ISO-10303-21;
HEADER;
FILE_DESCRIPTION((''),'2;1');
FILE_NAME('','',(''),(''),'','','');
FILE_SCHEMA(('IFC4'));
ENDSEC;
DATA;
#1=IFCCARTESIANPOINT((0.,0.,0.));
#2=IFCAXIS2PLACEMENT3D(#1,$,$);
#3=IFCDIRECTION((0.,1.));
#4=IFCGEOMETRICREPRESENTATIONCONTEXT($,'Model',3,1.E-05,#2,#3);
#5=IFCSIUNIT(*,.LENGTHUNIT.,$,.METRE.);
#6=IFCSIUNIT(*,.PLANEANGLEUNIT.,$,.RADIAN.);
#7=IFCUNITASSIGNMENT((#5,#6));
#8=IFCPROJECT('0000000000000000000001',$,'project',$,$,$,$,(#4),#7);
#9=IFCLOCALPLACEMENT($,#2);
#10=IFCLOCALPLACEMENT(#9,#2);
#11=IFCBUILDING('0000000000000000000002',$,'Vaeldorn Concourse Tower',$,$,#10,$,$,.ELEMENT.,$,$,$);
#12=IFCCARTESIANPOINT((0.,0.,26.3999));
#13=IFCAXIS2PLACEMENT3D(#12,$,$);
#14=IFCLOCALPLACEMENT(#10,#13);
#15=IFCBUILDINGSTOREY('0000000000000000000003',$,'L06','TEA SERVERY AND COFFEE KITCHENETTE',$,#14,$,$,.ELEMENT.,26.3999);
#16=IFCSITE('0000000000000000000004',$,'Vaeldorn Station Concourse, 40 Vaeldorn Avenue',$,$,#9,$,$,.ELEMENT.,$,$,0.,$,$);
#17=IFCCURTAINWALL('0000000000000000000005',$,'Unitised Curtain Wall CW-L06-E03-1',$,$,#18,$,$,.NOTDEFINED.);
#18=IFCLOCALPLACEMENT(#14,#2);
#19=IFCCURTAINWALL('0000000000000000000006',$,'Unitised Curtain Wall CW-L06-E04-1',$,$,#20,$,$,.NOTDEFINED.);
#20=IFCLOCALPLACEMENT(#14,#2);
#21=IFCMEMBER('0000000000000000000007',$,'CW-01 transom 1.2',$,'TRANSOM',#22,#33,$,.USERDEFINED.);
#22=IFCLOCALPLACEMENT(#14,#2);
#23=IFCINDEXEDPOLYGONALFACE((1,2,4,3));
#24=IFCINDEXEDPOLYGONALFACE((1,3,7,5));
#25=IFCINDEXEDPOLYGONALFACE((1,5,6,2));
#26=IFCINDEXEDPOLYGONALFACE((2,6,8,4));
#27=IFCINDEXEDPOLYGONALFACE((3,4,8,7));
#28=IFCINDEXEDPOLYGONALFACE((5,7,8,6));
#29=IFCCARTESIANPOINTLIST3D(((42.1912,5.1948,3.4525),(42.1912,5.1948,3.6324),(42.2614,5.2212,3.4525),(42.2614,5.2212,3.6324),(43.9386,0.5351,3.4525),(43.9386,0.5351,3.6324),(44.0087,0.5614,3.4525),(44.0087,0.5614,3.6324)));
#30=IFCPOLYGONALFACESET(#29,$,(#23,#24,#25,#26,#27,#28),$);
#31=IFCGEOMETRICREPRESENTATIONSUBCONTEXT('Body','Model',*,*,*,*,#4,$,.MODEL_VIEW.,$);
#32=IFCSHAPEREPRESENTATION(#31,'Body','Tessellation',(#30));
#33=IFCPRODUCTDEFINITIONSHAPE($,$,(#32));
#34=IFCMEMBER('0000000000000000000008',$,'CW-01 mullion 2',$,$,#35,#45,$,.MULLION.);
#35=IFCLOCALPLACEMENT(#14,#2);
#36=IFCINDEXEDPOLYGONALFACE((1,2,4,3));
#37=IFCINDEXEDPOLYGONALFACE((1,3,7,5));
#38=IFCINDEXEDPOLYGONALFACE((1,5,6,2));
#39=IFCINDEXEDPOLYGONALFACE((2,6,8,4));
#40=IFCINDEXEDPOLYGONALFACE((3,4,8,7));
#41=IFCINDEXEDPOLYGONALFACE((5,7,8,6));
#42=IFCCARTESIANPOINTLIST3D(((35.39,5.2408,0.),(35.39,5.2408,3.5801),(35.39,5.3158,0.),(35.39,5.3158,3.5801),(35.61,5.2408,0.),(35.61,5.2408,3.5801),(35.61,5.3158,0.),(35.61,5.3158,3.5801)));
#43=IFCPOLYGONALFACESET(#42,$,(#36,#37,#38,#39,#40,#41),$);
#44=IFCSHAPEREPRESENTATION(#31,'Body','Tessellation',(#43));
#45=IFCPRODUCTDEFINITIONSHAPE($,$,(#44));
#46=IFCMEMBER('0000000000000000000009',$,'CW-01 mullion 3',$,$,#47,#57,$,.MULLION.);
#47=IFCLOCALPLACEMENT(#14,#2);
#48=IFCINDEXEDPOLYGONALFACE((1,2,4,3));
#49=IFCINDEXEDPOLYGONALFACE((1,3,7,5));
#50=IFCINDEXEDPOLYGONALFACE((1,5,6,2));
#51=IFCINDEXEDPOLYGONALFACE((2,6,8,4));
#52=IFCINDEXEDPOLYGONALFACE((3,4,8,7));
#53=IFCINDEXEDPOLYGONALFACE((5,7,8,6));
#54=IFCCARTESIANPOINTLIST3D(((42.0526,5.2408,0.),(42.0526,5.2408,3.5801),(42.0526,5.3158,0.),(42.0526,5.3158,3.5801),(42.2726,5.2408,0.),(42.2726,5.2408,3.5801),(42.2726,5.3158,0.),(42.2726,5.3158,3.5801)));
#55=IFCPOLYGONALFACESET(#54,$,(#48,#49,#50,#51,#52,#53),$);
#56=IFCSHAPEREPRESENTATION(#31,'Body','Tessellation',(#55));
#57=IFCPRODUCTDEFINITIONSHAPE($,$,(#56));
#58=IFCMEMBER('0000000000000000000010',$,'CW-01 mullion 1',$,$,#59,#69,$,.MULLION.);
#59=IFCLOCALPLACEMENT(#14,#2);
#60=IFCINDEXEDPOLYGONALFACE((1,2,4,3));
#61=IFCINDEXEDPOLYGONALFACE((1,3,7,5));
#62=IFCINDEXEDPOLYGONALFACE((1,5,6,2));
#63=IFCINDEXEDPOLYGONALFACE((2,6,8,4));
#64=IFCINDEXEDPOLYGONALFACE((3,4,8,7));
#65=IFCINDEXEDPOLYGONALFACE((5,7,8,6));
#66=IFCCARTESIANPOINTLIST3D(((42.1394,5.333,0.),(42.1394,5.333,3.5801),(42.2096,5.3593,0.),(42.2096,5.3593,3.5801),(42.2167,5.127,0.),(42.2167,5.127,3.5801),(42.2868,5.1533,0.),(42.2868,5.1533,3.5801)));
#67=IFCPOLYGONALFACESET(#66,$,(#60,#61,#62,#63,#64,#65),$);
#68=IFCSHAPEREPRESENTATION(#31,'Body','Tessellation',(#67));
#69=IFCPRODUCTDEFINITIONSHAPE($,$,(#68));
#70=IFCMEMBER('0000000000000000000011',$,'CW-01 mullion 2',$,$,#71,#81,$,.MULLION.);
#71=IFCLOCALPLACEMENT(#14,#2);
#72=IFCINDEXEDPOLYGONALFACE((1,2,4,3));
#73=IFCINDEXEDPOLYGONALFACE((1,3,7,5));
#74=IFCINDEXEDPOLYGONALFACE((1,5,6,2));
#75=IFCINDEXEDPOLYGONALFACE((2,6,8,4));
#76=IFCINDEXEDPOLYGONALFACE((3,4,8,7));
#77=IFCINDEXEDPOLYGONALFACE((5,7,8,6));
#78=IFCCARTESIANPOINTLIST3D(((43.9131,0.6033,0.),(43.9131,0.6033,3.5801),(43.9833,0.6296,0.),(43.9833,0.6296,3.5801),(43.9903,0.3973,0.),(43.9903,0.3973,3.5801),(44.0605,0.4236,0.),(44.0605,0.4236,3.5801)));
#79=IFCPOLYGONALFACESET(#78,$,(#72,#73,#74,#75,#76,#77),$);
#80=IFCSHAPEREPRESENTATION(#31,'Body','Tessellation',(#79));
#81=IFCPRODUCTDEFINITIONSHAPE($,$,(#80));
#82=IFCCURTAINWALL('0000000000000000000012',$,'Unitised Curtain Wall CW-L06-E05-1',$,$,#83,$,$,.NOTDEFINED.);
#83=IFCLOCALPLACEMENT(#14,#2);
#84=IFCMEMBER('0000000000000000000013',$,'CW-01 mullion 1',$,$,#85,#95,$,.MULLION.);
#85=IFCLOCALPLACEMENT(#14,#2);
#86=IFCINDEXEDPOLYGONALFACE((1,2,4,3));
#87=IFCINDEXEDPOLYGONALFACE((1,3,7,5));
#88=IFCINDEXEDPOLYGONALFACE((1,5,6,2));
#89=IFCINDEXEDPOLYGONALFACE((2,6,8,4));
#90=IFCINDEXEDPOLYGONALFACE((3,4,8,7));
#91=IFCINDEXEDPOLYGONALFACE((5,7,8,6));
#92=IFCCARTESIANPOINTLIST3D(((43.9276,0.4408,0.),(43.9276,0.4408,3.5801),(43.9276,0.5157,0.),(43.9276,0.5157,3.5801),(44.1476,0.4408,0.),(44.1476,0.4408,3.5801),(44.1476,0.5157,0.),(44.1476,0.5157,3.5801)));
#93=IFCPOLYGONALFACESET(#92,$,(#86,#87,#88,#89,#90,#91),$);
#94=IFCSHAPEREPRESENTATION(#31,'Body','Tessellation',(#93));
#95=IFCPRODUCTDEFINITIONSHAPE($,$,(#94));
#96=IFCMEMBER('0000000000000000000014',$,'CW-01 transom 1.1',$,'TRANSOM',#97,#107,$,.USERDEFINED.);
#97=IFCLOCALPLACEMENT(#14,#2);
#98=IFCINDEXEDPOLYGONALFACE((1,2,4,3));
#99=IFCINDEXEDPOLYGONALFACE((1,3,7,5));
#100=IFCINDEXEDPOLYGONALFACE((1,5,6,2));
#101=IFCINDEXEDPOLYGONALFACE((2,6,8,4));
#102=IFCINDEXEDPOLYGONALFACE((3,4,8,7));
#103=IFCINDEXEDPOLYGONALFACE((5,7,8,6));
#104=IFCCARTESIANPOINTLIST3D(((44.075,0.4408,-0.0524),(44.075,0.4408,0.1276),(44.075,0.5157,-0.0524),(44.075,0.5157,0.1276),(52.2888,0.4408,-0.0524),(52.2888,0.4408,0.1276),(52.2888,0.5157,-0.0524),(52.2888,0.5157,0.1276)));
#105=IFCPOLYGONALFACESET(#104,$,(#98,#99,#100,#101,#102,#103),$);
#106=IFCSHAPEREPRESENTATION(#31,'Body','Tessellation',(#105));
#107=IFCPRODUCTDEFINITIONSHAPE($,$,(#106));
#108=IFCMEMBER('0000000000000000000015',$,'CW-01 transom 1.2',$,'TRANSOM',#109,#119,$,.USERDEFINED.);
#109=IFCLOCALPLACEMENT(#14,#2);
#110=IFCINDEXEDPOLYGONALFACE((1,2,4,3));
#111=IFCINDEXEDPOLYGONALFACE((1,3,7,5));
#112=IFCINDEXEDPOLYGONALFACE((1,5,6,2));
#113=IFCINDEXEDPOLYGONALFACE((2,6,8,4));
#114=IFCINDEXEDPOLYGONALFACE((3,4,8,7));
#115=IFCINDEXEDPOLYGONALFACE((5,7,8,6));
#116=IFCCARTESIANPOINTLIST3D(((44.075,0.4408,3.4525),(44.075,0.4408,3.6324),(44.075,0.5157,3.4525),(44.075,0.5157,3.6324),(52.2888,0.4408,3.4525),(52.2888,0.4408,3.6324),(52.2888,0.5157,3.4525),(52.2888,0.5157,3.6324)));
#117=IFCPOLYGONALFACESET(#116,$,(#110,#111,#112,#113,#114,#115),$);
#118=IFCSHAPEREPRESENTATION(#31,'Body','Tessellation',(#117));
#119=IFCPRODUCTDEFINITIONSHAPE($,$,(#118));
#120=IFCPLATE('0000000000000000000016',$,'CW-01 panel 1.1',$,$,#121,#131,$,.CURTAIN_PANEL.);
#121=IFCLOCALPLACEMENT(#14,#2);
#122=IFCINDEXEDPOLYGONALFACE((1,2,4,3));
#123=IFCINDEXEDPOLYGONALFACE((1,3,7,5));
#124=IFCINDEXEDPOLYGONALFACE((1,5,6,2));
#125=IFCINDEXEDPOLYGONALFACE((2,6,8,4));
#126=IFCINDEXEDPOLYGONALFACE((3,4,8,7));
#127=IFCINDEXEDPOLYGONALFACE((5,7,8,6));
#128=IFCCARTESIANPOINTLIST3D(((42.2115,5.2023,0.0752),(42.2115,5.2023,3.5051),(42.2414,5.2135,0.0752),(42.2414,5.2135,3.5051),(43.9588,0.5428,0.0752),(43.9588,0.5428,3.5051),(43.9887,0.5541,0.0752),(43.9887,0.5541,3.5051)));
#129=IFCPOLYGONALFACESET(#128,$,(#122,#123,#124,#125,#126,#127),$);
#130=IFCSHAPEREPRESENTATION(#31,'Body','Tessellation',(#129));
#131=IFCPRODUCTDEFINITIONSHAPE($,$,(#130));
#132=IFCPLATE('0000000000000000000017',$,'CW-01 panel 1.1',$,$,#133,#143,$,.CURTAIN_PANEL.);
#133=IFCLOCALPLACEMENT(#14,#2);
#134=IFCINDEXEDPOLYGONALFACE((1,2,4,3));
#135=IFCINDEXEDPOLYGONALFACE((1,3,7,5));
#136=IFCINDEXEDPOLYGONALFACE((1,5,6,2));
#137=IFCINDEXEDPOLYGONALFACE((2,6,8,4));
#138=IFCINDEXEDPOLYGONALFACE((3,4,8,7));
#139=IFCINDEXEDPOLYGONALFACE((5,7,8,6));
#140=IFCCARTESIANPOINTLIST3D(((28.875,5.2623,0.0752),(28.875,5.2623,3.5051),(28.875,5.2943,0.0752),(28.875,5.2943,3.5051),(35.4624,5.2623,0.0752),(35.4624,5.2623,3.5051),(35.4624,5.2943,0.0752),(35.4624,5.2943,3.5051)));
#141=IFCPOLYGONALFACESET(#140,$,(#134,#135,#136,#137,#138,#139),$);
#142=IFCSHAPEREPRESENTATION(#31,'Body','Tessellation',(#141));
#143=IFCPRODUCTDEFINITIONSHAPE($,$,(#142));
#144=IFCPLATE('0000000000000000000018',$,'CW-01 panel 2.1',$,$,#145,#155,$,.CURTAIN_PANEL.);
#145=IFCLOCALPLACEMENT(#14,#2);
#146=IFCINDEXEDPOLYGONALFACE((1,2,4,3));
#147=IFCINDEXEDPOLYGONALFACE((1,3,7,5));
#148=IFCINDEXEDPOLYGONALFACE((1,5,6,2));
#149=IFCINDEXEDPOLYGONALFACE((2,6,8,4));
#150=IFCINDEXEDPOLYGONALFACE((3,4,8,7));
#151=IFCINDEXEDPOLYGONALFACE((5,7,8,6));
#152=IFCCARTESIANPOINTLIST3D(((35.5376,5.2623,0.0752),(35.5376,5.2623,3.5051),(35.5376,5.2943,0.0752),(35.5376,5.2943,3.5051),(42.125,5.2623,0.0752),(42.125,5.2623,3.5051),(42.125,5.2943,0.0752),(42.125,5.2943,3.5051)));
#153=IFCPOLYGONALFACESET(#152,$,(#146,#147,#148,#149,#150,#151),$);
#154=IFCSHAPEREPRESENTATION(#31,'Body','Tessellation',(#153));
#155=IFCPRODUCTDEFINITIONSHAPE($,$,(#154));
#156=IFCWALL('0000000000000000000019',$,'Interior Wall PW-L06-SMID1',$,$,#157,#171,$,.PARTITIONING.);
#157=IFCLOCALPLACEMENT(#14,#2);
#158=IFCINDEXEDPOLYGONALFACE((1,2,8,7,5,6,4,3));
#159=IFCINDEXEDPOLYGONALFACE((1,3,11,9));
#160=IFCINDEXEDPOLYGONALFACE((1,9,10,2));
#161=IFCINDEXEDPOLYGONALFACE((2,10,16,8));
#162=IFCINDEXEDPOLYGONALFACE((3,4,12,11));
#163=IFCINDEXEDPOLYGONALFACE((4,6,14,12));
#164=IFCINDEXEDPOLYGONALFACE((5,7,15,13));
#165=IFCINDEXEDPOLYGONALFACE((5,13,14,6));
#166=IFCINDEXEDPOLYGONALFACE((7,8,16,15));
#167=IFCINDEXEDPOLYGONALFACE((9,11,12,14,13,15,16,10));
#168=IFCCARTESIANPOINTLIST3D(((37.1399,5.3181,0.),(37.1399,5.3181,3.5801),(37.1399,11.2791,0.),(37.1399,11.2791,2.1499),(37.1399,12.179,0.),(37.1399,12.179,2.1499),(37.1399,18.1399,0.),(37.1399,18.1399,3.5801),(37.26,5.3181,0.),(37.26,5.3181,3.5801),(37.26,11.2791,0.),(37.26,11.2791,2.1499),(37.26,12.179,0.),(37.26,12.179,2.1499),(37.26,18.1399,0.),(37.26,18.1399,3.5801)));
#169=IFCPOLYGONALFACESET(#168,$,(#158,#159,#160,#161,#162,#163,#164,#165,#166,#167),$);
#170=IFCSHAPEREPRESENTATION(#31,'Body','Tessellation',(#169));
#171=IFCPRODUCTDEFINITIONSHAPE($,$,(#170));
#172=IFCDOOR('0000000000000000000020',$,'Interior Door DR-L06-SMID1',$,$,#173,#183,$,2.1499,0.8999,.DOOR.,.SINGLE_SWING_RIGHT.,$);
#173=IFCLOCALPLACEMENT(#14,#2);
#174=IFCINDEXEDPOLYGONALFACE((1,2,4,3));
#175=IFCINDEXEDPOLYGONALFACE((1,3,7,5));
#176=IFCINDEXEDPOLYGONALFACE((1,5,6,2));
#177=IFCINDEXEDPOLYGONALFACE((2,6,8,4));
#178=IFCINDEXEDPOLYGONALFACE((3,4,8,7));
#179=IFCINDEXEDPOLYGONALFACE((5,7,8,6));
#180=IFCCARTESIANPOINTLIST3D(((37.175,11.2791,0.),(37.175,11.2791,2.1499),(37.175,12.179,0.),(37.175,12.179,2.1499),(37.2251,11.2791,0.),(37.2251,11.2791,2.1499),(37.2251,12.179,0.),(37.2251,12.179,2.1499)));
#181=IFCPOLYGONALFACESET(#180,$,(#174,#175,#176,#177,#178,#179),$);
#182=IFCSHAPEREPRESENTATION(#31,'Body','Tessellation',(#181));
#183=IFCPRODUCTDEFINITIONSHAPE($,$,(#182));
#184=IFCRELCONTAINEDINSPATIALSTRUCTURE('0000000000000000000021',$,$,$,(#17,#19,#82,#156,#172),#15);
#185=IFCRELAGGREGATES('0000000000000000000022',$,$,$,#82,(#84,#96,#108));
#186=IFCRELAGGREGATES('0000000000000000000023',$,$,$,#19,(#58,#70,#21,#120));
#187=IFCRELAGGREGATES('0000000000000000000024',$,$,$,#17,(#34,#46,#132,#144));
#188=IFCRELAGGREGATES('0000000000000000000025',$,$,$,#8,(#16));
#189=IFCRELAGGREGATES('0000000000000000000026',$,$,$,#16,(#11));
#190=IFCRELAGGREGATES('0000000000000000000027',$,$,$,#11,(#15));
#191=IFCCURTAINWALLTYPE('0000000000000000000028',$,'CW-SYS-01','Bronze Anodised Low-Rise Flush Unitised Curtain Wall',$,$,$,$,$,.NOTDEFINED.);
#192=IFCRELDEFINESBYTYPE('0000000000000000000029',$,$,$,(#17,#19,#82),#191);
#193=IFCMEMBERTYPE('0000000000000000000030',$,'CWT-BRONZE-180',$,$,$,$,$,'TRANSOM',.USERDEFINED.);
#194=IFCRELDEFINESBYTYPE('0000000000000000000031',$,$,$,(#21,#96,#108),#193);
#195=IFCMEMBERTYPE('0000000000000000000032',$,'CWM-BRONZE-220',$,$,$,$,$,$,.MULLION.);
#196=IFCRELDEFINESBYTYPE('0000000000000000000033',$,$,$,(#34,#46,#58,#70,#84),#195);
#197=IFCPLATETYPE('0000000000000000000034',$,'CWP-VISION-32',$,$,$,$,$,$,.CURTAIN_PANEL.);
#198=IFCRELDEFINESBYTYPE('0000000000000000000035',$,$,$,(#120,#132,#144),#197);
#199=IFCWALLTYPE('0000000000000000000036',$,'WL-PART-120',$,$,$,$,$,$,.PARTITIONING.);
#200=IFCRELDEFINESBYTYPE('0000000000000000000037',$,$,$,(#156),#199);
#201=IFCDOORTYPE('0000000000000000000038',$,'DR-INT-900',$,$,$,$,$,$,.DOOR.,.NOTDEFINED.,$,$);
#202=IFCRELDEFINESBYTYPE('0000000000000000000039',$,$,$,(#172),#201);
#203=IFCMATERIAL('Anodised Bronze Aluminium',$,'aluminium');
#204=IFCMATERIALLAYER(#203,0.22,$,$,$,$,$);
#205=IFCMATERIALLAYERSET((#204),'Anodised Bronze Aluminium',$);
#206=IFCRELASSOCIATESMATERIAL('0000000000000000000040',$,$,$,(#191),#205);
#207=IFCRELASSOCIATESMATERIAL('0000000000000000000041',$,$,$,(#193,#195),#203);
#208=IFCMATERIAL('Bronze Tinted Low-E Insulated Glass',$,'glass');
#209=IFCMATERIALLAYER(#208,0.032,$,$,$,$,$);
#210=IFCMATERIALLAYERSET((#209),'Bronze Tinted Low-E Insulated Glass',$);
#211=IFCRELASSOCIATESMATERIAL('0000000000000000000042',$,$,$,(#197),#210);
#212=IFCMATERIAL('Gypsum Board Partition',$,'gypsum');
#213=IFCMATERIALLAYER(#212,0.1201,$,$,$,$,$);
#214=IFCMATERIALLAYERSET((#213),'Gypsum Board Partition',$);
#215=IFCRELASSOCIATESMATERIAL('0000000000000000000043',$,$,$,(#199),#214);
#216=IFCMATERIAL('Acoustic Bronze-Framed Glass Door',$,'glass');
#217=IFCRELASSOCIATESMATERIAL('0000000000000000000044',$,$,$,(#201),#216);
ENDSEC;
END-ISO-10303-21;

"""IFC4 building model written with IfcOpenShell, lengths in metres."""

from ifc_helpers import new_model, si_unit, direction, frame, frame_2d, origin, origin_2d, place, context, subcontext, project, spatial, rectangle, extrude, source, transform, mapped, material, layer, layer_set, material_profile, profile_set, type_object, element, fill, aggregate, save


model = new_model("IFC4")

# Units and contexts
model_context = context("Model", 3, precision=1e-05, world=origin(), true_north=direction((0.0, 1.0)))
body_context = subcontext(model_context, "Body", "Model", "MODEL_VIEW")
ifc_project = project(units=[si_unit("LENGTHUNIT", "METRE"), si_unit("PLANEANGLEUNIT", "RADIAN")], contexts=[model_context])

# Site, building, storey
site_placement = place(None, origin())
site = spatial("IfcSite", under=ifc_project, at=site_placement, Name="Vaeldorn Station Concourse, 40 Vaeldorn Avenue", CompositionType="ELEMENT", RefElevation=0.0)
building_placement = place(site_placement, origin())
building = spatial("IfcBuilding", under=site, at=building_placement, Name="Vaeldorn Concourse Tower", CompositionType="ELEMENT")
storey_placement = place(building_placement, frame((0.0, 0.0, 26.3999)))
storey = spatial("IfcBuildingStorey", under=building, at=storey_placement, Name="L06", Description="TEA SERVERY AND COFFEE KITCHENETTE", CompositionType="ELEMENT", Elevation=26.3999)

# Curtain walls, member
ifc_material_1 = material(Name="Anodised Bronze Aluminium", Category="aluminium")
ifc_layer_1 = layer(ifc_material_1, 0.22)
ifc_layer_set_1 = layer_set([ifc_layer_1], Name="Anodised Bronze Aluminium")
curtain_wall_type = type_object("IfcCurtainWallType", Name="CW-SYS-01", Description="Bronze Anodised Low-Rise Flush Unitised Curtain Wall", PredefinedType="NOTDEFINED", material=ifc_layer_set_1)
curtain_wall_1_placement = place(storey_placement, origin())
curtain_wall_1 = element("IfcCurtainWall", 1, at=curtain_wall_1_placement, inside=storey, type_object=curtain_wall_type, Name="Unitised Curtain Wall CW-L06-E03-1", PredefinedType="NOTDEFINED")
ifc_material_profile_1 = material_profile(ifc_material_1, rectangle(XDim=0.075, YDim=0.1799, at=origin_2d()), Name="CWT 75x180")
ifc_profile_set_1 = profile_set([ifc_material_profile_1], Name="Anodised Bronze Aluminium")
member_type_1 = type_object("IfcMemberType", Name="CWT-BRONZE-180", ElementType="TRANSOM", PredefinedType="USERDEFINED", material=ifc_profile_set_1)
curtain_wall_2_placement = place(storey_placement, origin())
curtain_wall_2 = element("IfcCurtainWall", 2, at=curtain_wall_2_placement, inside=storey, type_object=curtain_wall_type, Name="Unitised Curtain Wall CW-L06-E04-1", PredefinedType="NOTDEFINED")
shared_shape_1 = source(origin(), body_context, "Body", "SweptSolid", [
    extrude(rectangle(XDim=0.075, YDim=0.1799, at=origin_2d()), origin(), (0.0, 0.0, 1.0), 4.9766),
])
member_1_placement = place(storey_placement, frame((42.2263, 5.208, 3.5425), z_axis=(0.351113, -0.936333, 0.0), x_axis=(0.936333, 0.351113, 0.0)))
member_1 = element("IfcMember", 3, at=member_1_placement, type_object=member_type_1, Name="CW-01 transom 1.2", ObjectType="TRANSOM", PredefinedType="USERDEFINED", context=body_context, shape_type="MappedRepresentation", body=[
    mapped(shared_shape_1, transform((0.0, 0.0, 0.0), scale=1.0)),
])

# Members
ifc_material_profile_2 = material_profile(ifc_material_1, rectangle(XDim=0.075, YDim=0.22, at=origin_2d()), Name="CWM 75x220")
ifc_profile_set_2 = profile_set([ifc_material_profile_2], Name="Anodised Bronze Aluminium")
member_type_2 = type_object("IfcMemberType", Name="CWM-BRONZE-220", PredefinedType="MULLION", material=ifc_profile_set_2)
shared_shape_2 = source(origin(), body_context, "Body", "SweptSolid", [
    extrude(rectangle(XDim=0.075, YDim=0.22, at=origin_2d()), origin(), (0.0, 0.0, 1.0), 3.5801),
])
member_2_placement = place(storey_placement, frame((35.5, 5.2783, 0.0), z_axis=(0.0, 0.0, 1.0), x_axis=(0.0, 1.0, 0.0)))
member_2 = element("IfcMember", 4, at=member_2_placement, type_object=member_type_2, Name="CW-01 mullion 2", PredefinedType="MULLION", context=body_context, shape_type="MappedRepresentation", body=[
    mapped(shared_shape_2, transform((0.0, 0.0, 0.0), scale=1.0)),
])
member_3_placement = place(storey_placement, frame((42.1626, 5.2783, 0.0), z_axis=(0.0, 0.0, 1.0), x_axis=(0.0, 1.0, 0.0)))
member_3 = element("IfcMember", 5, at=member_3_placement, type_object=member_type_2, Name="CW-01 mullion 3", PredefinedType="MULLION", context=body_context, shape_type="MappedRepresentation", body=[
    mapped(shared_shape_2, transform((0.0, 0.0, 0.0), scale=1.0)),
])
member_4_placement = place(storey_placement, frame((42.2131, 5.2432, 0.0), z_axis=(0.0, 0.0, 1.0), x_axis=(0.936329, 0.351123, 0.0)))
member_4 = element("IfcMember", 6, at=member_4_placement, type_object=member_type_2, Name="CW-01 mullion 1", PredefinedType="MULLION", context=body_context, shape_type="MappedRepresentation", body=[
    mapped(shared_shape_2, transform((0.0, 0.0, 0.0), scale=1.0)),
])
member_5_placement = place(storey_placement, frame((43.9868, 0.5134, 0.0), z_axis=(0.0, 0.0, 1.0), x_axis=(0.936329, 0.351123, 0.0)))
member_5 = element("IfcMember", 7, at=member_5_placement, type_object=member_type_2, Name="CW-01 mullion 2", PredefinedType="MULLION", context=body_context, shape_type="MappedRepresentation", body=[
    mapped(shared_shape_2, transform((0.0, 0.0, 0.0), scale=1.0)),
])

# Curtain wall, members
curtain_wall_3_placement = place(storey_placement, origin())
curtain_wall_3 = element("IfcCurtainWall", 8, at=curtain_wall_3_placement, inside=storey, type_object=curtain_wall_type, Name="Unitised Curtain Wall CW-L06-E05-1", PredefinedType="NOTDEFINED")
member_6_placement = place(storey_placement, frame((44.0376, 0.4783, 0.0), z_axis=(0.0, 0.0, 1.0), x_axis=(0.0, 1.0, 0.0)))
member_6 = element("IfcMember", 9, at=member_6_placement, type_object=member_type_2, Name="CW-01 mullion 1", PredefinedType="MULLION", context=body_context, shape_type="MappedRepresentation", body=[
    mapped(shared_shape_2, transform((0.0, 0.0, 0.0), scale=1.0)),
])
shared_shape_3 = source(origin(), body_context, "Body", "SweptSolid", [
    extrude(rectangle(XDim=0.075, YDim=0.1799, at=origin_2d()), origin(), (0.0, 0.0, 1.0), 8.2139),
])
member_7_placement = place(storey_placement, frame((44.075, 0.4783, 0.0376), z_axis=(1.0, 0.0, 0.0), x_axis=(0.0, 1.0, 0.0)))
member_7 = element("IfcMember", 10, at=member_7_placement, type_object=member_type_1, Name="CW-01 transom 1.1", ObjectType="TRANSOM", PredefinedType="USERDEFINED", context=body_context, shape_type="MappedRepresentation", body=[
    mapped(shared_shape_3, transform((0.0, 0.0, 0.0), scale=1.0)),
])
member_8_placement = place(storey_placement, frame((44.075, 0.4783, 3.5425), z_axis=(1.0, 0.0, 0.0), x_axis=(0.0, 1.0, 0.0)))
member_8 = element("IfcMember", 11, at=member_8_placement, type_object=member_type_1, Name="CW-01 transom 1.2", ObjectType="TRANSOM", PredefinedType="USERDEFINED", context=body_context, shape_type="MappedRepresentation", body=[
    mapped(shared_shape_3, transform((0.0, 0.0, 0.0), scale=1.0)),
])
aggregate(curtain_wall_3, [member_6, member_7, member_8])

# Plates
ifc_material_2 = material(Name="Bronze Tinted Low-E Insulated Glass", Category="glass")
ifc_layer_2 = layer(ifc_material_2, 0.032)
ifc_layer_set_2 = layer_set([ifc_layer_2], Name="Bronze Tinted Low-E Insulated Glass")
plate_type = type_object("IfcPlateType", Name="CWP-VISION-32", PredefinedType="CURTAIN_PANEL", material=ifc_layer_set_2)
shared_shape_4 = source(origin(), body_context, "Body", "SweptSolid", [
    extrude(rectangle(XDim=4.9763, YDim=0.032, at=origin_2d()), origin(), (0.0, 0.0, 1.0), 3.4299),
])
plate_1_placement = place(storey_placement, frame((43.1001, 2.8782, 0.0752), z_axis=(0.0, 0.0, 1.0), x_axis=(0.351123, -0.936329, 0.0)))
plate_1 = element("IfcPlate", 12, at=plate_1_placement, type_object=plate_type, Name="CW-01 panel 1.1", PredefinedType="CURTAIN_PANEL", context=body_context, shape_type="MappedRepresentation", body=[
    mapped(shared_shape_4, transform((0.0, 0.0, 0.0), scale=1.0)),
])
aggregate(curtain_wall_2, [member_4, member_5, member_1, plate_1])
shared_shape_5 = source(origin(), body_context, "Body", "SweptSolid", [
    extrude(rectangle(XDim=6.5874, YDim=0.032, at=origin_2d()), origin(), (0.0, 0.0, 1.0), 3.4299),
])
plate_2_placement = place(storey_placement, frame((32.1687, 5.2783, 0.0752), z_axis=(0.0, 0.0, 1.0), x_axis=(1.0, 0.0, 0.0)))
plate_2 = element("IfcPlate", 13, at=plate_2_placement, type_object=plate_type, Name="CW-01 panel 1.1", PredefinedType="CURTAIN_PANEL", context=body_context, shape_type="MappedRepresentation", body=[
    mapped(shared_shape_5, transform((0.0, 0.0, 0.0), scale=1.0)),
])
plate_3_placement = place(storey_placement, frame((38.8313, 5.2783, 0.0752), z_axis=(0.0, 0.0, 1.0), x_axis=(1.0, 0.0, 0.0)))
plate_3 = element("IfcPlate", 14, at=plate_3_placement, type_object=plate_type, Name="CW-01 panel 2.1", PredefinedType="CURTAIN_PANEL", context=body_context, shape_type="MappedRepresentation", body=[
    mapped(shared_shape_5, transform((0.0, 0.0, 0.0), scale=1.0)),
])
aggregate(curtain_wall_1, [member_2, member_3, plate_2, plate_3])

# Wall, opening, door
ifc_material_3 = material(Name="Gypsum Board Partition", Category="gypsum")
ifc_layer_3 = layer(ifc_material_3, 0.1201)
ifc_layer_set_3 = layer_set([ifc_layer_3], Name="Gypsum Board Partition")
wall_type = type_object("IfcWallType", Name="WL-PART-120", PredefinedType="PARTITIONING", material=ifc_layer_set_3)
wall_placement = place(storey_placement, frame((37.2, 5.3181, 0.0), z_axis=(0.0, 0.0, 1.0), x_axis=(0.0, 1.0, 0.0)))
wall = element("IfcWall", 15, at=wall_placement, inside=storey, type_object=wall_type, Name="Interior Wall PW-L06-SMID1", PredefinedType="PARTITIONING", context=body_context, shape_type="SweptSolid", body=[
    extrude(rectangle(XDim=12.8218, YDim=0.1201, at=frame_2d((6.4109, 0.0))), origin(), (0.0, 0.0, 1.0), 3.5801),
])
opening_placement = place(wall_placement, frame((5.9609, 0.0, 0.0)))
opening = element("IfcOpeningElement", 16, at=opening_placement, cuts=wall, PredefinedType="OPENING", context=body_context, shape_type="SweptSolid", body=[
    extrude(rectangle(XDim=0.8999, YDim=2.1499, at=frame_2d((0.45, 1.075))), frame((0.0, 0.0701, 0.0), z_axis=(0.0, -1.0, 0.0), x_axis=(1.0, 0.0, 0.0)), (0.0, 0.0, 1.0), 0.1401),
])
ifc_material_4 = material(Name="Acoustic Bronze-Framed Glass Door", Category="glass")
door_type = type_object("IfcDoorType", Name="DR-INT-900", OperationType="NOTDEFINED", PredefinedType="DOOR", material=ifc_material_4)
shared_shape_6 = source(origin(), body_context, "Body", "SweptSolid", [
    extrude(rectangle(XDim=0.8999, YDim=2.1499, at=frame_2d((0.45, 1.075))), frame((0.0, 0.0249, 0.0), z_axis=(0.0, -1.0, 0.0), x_axis=(1.0, 0.0, 0.0)), (0.0, 0.0, 1.0), 0.05),
])
door_placement = place(opening_placement, origin())
door = element("IfcDoor", 17, at=door_placement, inside=storey, type_object=door_type, Name="Interior Door DR-L06-SMID1", OperationType="SINGLE_SWING_RIGHT", OverallHeight=2.1499, OverallWidth=0.8999, PredefinedType="DOOR", context=body_context, shape_type="MappedRepresentation", body=[
    mapped(shared_shape_6, transform((0.0, 0.0, 0.0), scale=1.0)),
])
fill(opening, door)

save(model, "model.ifc")
